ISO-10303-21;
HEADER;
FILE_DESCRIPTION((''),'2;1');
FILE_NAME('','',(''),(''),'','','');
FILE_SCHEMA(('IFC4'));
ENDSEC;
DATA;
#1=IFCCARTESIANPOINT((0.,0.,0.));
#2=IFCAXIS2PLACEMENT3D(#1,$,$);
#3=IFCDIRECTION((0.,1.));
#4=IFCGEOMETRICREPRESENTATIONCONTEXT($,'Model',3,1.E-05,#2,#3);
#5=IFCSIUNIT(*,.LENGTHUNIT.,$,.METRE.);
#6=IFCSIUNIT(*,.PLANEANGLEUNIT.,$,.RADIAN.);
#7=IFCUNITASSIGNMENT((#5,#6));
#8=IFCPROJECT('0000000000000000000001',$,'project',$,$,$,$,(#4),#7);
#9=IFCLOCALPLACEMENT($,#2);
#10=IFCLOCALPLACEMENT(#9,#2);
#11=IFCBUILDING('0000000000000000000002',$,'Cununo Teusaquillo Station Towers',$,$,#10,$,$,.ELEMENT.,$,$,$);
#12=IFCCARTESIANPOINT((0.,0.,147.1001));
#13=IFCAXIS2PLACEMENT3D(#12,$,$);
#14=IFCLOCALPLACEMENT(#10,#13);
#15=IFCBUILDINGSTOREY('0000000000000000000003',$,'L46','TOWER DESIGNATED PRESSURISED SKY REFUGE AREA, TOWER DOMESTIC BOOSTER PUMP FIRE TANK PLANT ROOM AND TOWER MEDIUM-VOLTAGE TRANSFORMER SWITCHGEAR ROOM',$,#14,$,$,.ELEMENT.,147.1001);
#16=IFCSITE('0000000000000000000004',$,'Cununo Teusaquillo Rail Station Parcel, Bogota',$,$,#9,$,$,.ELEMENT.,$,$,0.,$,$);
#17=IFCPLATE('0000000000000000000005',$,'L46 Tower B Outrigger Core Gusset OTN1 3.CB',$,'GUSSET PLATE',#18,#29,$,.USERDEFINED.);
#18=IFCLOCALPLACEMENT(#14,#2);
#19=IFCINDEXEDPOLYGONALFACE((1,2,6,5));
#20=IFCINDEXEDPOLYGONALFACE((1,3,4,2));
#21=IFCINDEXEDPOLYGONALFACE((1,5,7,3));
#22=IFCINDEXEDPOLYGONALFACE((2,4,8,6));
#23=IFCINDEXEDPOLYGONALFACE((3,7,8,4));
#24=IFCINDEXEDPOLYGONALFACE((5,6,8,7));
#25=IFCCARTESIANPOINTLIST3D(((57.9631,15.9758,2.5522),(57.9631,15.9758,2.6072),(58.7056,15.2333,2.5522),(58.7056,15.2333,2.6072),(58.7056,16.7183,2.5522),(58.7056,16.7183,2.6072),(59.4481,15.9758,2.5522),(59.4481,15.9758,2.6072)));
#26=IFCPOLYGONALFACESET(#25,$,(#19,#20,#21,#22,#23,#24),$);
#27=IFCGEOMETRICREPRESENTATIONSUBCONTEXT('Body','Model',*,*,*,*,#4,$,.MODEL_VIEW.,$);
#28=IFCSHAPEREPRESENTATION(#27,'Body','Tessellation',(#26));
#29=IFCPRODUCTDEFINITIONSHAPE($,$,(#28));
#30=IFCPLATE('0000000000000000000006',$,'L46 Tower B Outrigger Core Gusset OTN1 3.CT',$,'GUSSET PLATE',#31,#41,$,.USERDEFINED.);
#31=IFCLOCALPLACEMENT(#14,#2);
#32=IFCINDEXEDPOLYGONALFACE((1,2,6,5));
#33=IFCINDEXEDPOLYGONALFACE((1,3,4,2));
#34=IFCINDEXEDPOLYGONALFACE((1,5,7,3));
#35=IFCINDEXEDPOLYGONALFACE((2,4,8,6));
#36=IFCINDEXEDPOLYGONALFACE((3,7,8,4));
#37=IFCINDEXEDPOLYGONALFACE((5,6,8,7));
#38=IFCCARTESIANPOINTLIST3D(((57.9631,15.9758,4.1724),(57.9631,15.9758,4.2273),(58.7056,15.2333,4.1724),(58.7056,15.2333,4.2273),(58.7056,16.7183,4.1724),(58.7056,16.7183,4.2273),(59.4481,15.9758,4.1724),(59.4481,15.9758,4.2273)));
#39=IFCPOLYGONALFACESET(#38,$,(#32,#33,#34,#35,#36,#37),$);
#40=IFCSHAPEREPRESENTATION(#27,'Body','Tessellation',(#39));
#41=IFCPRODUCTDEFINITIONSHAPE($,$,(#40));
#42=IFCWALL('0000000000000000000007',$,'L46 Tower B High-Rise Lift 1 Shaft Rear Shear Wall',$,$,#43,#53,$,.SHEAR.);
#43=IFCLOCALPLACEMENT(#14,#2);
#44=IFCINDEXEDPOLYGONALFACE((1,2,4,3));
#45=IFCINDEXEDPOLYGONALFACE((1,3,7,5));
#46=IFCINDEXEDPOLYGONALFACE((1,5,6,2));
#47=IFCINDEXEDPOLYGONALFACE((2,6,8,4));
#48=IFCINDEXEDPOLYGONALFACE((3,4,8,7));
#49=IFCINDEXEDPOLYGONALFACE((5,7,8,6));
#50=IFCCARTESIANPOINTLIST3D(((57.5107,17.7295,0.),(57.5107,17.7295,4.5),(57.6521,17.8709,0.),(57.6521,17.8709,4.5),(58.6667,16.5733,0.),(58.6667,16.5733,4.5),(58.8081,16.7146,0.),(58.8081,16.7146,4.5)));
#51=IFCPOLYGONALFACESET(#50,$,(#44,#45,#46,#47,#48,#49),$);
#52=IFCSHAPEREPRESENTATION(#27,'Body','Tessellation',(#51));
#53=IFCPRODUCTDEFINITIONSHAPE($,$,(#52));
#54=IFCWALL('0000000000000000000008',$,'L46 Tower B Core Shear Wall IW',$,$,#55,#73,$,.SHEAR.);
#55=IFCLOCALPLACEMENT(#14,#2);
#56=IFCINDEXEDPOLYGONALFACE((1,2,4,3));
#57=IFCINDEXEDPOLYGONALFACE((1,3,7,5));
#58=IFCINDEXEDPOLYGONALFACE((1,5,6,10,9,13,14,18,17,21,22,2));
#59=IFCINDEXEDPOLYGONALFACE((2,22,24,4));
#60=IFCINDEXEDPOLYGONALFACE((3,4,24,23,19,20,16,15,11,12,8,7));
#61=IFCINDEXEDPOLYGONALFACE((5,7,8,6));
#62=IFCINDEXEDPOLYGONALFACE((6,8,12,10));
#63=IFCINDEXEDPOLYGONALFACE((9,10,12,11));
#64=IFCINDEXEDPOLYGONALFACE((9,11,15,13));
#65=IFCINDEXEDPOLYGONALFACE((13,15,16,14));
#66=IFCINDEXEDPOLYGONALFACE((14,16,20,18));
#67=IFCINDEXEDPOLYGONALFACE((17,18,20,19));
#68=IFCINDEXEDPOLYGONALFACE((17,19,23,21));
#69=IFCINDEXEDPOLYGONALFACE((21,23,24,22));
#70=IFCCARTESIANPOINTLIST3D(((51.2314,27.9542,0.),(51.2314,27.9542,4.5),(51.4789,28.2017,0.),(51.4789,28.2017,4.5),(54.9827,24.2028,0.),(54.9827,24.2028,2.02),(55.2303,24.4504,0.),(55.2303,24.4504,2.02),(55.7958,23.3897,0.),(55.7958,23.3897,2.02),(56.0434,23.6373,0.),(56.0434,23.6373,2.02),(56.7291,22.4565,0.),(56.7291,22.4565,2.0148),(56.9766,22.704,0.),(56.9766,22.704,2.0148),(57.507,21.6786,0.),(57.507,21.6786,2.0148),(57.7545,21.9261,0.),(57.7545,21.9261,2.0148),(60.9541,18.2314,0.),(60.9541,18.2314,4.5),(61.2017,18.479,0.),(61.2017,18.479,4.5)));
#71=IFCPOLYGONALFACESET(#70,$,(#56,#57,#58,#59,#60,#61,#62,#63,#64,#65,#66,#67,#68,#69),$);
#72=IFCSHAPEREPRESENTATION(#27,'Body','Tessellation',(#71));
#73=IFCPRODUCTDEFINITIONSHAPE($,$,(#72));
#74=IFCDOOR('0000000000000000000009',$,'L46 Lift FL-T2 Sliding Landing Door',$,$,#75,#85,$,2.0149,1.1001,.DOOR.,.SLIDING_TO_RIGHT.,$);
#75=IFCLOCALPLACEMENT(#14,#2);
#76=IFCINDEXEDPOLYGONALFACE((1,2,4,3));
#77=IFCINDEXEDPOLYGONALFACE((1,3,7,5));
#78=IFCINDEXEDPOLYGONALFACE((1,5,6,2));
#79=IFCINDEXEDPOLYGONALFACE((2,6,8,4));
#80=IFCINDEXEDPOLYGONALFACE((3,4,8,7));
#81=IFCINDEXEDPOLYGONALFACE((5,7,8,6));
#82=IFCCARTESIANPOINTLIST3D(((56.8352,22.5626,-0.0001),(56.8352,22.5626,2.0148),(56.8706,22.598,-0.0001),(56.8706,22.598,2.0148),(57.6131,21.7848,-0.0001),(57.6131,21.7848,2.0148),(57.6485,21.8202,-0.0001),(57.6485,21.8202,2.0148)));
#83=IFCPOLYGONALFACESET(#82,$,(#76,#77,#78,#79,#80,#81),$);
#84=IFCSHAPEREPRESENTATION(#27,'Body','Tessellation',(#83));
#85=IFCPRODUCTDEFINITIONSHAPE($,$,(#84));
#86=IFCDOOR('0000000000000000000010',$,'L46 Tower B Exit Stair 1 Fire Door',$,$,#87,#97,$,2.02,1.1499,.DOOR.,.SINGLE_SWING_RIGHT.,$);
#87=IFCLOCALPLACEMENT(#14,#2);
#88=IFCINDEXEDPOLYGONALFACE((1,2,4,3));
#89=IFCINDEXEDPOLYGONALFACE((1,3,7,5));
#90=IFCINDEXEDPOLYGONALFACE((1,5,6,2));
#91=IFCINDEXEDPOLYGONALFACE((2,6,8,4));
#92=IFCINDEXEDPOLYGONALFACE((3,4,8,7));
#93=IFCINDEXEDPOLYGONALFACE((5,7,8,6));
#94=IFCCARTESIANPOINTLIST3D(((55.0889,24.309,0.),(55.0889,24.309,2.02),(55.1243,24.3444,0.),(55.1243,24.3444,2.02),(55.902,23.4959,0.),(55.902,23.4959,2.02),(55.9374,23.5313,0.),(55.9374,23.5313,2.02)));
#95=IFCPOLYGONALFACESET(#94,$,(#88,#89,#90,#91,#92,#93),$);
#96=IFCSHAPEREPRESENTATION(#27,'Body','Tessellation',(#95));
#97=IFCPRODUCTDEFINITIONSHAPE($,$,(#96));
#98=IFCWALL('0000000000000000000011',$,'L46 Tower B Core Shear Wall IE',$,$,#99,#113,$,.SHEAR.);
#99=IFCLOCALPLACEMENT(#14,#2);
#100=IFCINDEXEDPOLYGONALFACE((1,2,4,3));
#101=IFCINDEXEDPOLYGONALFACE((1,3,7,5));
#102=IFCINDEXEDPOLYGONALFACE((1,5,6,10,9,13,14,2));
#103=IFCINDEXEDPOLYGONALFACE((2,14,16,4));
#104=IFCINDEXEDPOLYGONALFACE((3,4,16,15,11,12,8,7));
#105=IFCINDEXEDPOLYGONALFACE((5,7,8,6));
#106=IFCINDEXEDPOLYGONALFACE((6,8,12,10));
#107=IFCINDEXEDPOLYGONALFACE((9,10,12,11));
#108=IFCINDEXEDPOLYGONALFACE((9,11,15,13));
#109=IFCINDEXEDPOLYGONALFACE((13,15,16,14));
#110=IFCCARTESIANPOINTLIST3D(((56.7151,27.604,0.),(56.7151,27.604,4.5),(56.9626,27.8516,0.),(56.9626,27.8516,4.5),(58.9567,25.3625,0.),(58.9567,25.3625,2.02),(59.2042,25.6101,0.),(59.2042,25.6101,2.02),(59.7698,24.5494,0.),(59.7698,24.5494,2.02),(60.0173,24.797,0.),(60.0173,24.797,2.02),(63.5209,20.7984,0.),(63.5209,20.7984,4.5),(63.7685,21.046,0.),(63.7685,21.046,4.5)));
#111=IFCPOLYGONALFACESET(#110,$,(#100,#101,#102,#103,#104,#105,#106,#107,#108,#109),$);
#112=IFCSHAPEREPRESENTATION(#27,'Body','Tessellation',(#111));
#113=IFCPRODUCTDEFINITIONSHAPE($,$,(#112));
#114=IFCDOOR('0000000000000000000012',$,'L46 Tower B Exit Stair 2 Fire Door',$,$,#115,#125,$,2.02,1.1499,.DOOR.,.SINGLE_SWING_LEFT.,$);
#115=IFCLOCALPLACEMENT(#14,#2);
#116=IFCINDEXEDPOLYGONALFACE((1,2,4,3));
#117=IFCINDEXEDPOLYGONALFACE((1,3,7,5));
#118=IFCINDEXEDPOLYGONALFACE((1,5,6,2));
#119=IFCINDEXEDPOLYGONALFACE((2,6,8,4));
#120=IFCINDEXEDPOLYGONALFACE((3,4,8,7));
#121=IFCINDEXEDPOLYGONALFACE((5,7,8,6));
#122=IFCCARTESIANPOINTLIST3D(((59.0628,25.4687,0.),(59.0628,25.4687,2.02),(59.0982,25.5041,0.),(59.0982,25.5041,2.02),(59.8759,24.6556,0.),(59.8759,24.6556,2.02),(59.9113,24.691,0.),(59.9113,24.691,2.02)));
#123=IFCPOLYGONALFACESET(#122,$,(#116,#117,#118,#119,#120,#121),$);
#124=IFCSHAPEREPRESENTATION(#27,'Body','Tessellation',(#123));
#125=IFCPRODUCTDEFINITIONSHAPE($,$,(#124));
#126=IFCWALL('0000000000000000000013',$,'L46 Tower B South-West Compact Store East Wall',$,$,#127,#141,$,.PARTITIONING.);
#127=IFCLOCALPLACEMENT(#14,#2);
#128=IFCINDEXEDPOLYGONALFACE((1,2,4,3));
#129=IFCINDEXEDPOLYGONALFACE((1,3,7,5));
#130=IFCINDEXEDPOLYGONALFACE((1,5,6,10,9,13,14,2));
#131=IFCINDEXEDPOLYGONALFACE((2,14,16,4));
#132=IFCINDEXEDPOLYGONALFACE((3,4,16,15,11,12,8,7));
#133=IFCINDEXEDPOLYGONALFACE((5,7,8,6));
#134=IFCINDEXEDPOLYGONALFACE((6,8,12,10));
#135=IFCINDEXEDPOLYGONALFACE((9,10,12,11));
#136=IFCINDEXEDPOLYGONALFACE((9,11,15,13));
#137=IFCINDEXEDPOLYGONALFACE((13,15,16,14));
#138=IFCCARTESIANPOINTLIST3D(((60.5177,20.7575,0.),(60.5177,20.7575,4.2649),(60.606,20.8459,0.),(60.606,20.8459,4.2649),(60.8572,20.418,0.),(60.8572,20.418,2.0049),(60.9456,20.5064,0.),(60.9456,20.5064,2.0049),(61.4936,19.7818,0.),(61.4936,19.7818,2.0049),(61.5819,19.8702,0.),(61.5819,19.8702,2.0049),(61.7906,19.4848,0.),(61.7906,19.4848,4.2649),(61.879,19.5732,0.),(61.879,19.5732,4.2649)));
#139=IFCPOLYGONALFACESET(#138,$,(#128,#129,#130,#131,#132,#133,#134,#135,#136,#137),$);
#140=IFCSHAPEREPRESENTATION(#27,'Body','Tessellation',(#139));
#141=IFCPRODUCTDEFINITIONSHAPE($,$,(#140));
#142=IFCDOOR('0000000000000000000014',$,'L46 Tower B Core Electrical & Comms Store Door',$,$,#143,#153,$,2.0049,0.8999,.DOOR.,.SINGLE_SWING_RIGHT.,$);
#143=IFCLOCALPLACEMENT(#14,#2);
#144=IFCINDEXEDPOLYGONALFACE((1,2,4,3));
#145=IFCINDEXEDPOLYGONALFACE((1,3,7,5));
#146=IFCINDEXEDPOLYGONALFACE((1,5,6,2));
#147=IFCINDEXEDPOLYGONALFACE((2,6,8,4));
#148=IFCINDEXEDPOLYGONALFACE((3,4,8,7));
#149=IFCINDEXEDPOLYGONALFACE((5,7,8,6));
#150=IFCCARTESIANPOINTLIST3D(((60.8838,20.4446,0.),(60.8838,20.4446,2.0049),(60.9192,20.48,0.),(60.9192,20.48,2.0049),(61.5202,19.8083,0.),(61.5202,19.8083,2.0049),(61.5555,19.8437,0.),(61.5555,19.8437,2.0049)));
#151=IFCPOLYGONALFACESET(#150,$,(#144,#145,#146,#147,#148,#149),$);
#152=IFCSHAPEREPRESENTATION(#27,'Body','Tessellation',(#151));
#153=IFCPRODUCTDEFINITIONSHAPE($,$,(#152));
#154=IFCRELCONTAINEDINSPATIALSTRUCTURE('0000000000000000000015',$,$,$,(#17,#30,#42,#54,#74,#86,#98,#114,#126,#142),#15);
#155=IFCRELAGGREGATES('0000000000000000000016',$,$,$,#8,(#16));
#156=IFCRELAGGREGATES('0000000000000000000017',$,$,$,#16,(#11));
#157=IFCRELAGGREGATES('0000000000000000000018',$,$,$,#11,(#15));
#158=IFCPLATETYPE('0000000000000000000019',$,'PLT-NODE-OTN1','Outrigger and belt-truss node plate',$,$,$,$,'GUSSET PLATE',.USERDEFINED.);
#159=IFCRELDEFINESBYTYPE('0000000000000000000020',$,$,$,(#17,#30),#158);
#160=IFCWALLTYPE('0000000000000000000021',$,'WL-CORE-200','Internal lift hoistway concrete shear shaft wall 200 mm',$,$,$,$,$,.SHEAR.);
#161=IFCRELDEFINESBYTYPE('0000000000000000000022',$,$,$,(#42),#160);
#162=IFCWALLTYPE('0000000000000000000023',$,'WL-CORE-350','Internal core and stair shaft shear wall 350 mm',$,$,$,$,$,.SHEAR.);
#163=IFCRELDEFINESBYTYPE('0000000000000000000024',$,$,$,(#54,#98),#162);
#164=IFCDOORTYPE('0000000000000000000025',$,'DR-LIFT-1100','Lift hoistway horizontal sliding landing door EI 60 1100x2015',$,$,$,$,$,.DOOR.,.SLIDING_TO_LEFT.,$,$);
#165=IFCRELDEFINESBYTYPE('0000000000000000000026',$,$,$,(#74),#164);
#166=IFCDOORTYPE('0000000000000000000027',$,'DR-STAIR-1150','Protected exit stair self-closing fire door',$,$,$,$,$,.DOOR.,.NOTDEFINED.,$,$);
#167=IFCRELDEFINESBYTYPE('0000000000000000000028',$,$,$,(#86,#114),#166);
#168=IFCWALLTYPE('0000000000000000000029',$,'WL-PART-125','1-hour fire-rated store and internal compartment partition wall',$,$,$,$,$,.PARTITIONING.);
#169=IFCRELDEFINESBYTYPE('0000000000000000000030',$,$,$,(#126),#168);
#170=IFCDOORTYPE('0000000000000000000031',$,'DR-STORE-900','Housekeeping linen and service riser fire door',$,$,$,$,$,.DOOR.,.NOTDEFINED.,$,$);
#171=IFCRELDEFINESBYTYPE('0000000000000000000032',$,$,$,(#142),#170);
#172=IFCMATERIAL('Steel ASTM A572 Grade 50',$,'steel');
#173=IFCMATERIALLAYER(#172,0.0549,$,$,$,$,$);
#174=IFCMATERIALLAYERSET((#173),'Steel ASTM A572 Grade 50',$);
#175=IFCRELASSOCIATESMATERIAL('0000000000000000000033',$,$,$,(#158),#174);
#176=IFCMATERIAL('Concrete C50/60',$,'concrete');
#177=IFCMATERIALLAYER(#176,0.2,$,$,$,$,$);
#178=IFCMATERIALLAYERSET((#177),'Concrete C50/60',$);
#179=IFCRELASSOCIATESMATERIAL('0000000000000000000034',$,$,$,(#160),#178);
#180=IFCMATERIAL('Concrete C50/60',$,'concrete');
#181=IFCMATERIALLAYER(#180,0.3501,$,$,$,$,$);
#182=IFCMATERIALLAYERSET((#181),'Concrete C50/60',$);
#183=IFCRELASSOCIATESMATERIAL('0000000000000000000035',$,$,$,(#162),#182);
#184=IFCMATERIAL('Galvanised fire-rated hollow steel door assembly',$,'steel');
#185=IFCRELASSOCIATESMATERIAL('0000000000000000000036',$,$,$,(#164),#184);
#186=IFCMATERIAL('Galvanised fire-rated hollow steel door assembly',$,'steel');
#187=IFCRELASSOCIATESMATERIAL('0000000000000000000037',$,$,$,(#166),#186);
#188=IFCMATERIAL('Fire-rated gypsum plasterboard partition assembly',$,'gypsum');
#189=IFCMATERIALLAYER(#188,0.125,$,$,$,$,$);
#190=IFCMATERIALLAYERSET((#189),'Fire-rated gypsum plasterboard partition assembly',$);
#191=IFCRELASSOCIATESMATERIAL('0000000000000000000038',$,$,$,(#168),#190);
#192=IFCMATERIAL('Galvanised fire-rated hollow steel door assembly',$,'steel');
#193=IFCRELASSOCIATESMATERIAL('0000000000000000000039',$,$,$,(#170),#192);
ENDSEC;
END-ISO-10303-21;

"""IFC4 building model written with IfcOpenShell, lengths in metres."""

from ifc_helpers import new_model, si_unit, direction, frame, frame_2d, origin, origin_2d, place, context, subcontext, project, spatial, rectangle, extrude, source, transform, mapped, material, layer, layer_set, type_object, element, fill, save


model = new_model("IFC4")

# Units and contexts
model_context = context("Model", 3, precision=1e-05, world=origin(), true_north=direction((0.0, 1.0)))
body_context = subcontext(model_context, "Body", "Model", "MODEL_VIEW")
ifc_project = project(units=[si_unit("LENGTHUNIT", "METRE"), si_unit("PLANEANGLEUNIT", "RADIAN")], contexts=[model_context])

# Site, building, storey
site_placement = place(None, origin())
site = spatial("IfcSite", under=ifc_project, at=site_placement, Name="Cununo Teusaquillo Rail Station Parcel, Bogota", CompositionType="ELEMENT", RefElevation=0.0)
building_placement = place(site_placement, origin())
building = spatial("IfcBuilding", under=site, at=building_placement, Name="Cununo Teusaquillo Station Towers", CompositionType="ELEMENT")
storey_placement = place(building_placement, frame((0.0, 0.0, 147.1001)))
storey = spatial("IfcBuildingStorey", under=building, at=storey_placement, Name="L46", Description="TOWER DESIGNATED PRESSURISED SKY REFUGE AREA, TOWER DOMESTIC BOOSTER PUMP FIRE TANK PLANT ROOM AND TOWER MEDIUM-VOLTAGE TRANSFORMER SWITCHGEAR ROOM", CompositionType="ELEMENT", Elevation=147.1001)

# Plates
ifc_material_1 = material(Name="Steel ASTM A572 Grade 50", Category="steel")
ifc_layer_1 = layer(ifc_material_1, 0.0549)
ifc_layer_set_1 = layer_set([ifc_layer_1], Name="Steel ASTM A572 Grade 50")
plate_type = type_object("IfcPlateType", Name="PLT-NODE-OTN1", Description="Outrigger and belt-truss node plate", ElementType="GUSSET PLATE", PredefinedType="USERDEFINED", material=ifc_layer_set_1)
shared_shape_1 = source(origin(), body_context, "Body", "SweptSolid", [
    extrude(rectangle(XDim=1.05, YDim=1.05, at=origin_2d()), origin(), (0.0, 0.0, 1.0), 0.0549),
])
for number, where, z_axis, x_axis, name in (
    (1, (58.7056, 15.9758, 2.5522), (0.0, 0.0, 1.0), (0.707107, 0.707107, 0.0), "L46 Tower B Outrigger Core Gusset OTN1 3.CB"),
    (2, (58.7056, 15.9758, 4.1724), (0.0, 0.0, 1.0), (0.707107, 0.707107, 0.0), "L46 Tower B Outrigger Core Gusset OTN1 3.CT"),
):
    element("IfcPlate", number, at=place(storey_placement, frame(where, z_axis=z_axis, x_axis=x_axis)), inside=storey, type_object=plate_type, Name=name, ObjectType="GUSSET PLATE", PredefinedType="USERDEFINED", context=body_context, shape_type="MappedRepresentation", body=[
        mapped(shared_shape_1, transform((0.0, 0.0, 0.0), x_axis=(1.0, 0.0, 0.0), y_axis=(0.0, 1.0, 0.0), z_axis=(0.0, 0.0, 1.0), scale=1.0)),
    ])

# Wall
ifc_material_2 = material(Name="Concrete C50/60", Category="concrete")
ifc_layer_2 = layer(ifc_material_2, 0.2)
ifc_layer_set_2 = layer_set([ifc_layer_2], Name="Concrete C50/60")
wall_type_1 = type_object("IfcWallType", Name="WL-CORE-200", Description="Internal lift hoistway concrete shear shaft wall 200 mm", PredefinedType="SHEAR", material=ifc_layer_set_2)
wall_1_placement = place(storey_placement, frame((58.7373, 16.644, 0.0), z_axis=(0.0, 0.0, 1.0), x_axis=(-0.707032, 0.707181, 0.0)))
element("IfcWall", 3, at=wall_1_placement, inside=storey, type_object=wall_type_1, Name="L46 Tower B High-Rise Lift 1 Shaft Rear Shear Wall", PredefinedType="SHEAR", context=body_context, shape_type="SweptSolid", body=[
    extrude(rectangle(XDim=1.635, YDim=0.2, at=frame_2d((0.8174, 0.0))), origin(), (0.0, 0.0, 1.0), 4.5),
])

# Wall, openings, doors
ifc_material_3 = material(Name="Concrete C50/60", Category="concrete")
ifc_layer_3 = layer(ifc_material_3, 0.3501)
ifc_layer_set_3 = layer_set([ifc_layer_3], Name="Concrete C50/60")
wall_type_2 = type_object("IfcWallType", Name="WL-CORE-350", Description="Internal core and stair shaft shear wall 350 mm", PredefinedType="SHEAR", material=ifc_layer_set_3)
wall_2_placement = place(storey_placement, frame((61.0779, 18.3552, 0.0), z_axis=(0.0, 0.0, 1.0), x_axis=(-0.707107, 0.707107, 0.0)))
wall_2 = element("IfcWall", 4, at=wall_2_placement, inside=storey, type_object=wall_type_2, Name="L46 Tower B Core Shear Wall IW", PredefinedType="SHEAR", context=body_context, shape_type="SweptSolid", body=[
    extrude(rectangle(XDim=13.75, YDim=0.3501, at=frame_2d((6.875, 0.0))), origin(), (0.0, 0.0, 1.0), 4.5),
])
shared_shape_2 = source(origin(), body_context, "Body", "SweptSolid", [
    extrude(rectangle(XDim=1.1001, YDim=2.0149, at=frame_2d((0.55, 1.0073))), frame((0.0, 0.1851, 0.0), z_axis=(0.0, -1.0, 0.0), x_axis=(1.0, 0.0, 0.0)), (0.0, 0.0, 1.0), 0.3701),
])
opening_1_placement = place(wall_2_placement, frame((4.875, 0.0, 0.0)))
opening_1 = element("IfcOpeningElement", 5, at=opening_1_placement, cuts=wall_2, PredefinedType="OPENING", context=body_context, shape_type="MappedRepresentation", body=[
    mapped(shared_shape_2, transform((0.0, 0.0, 0.0), x_axis=(1.0, 0.0, 0.0), y_axis=(0.0, 1.0, 0.0), z_axis=(0.0, 0.0, 1.0), scale=1.0)),
])
shared_shape_3 = source(origin(), body_context, "Body", "SweptSolid", [
    extrude(rectangle(XDim=1.1499, YDim=2.02, at=frame_2d((0.575, 1.01))), frame((0.0, 0.1851, 0.0), z_axis=(0.0, -1.0, 0.0), x_axis=(1.0, 0.0, 0.0)), (0.0, 0.0, 1.0), 0.3701),
])
opening_2_placement = place(wall_2_placement, frame((7.2949, 0.0, 0.0)))
opening_2 = element("IfcOpeningElement", 6, at=opening_2_placement, cuts=wall_2, PredefinedType="OPENING", context=body_context, shape_type="MappedRepresentation", body=[
    mapped(shared_shape_3, transform((0.0, 0.0, 0.0), x_axis=(1.0, 0.0, 0.0), y_axis=(0.0, 1.0, 0.0), z_axis=(0.0, 0.0, 1.0), scale=1.0)),
])
ifc_material_4 = material(Name="Galvanised fire-rated hollow steel door assembly", Category="steel")
door_type_1 = type_object("IfcDoorType", Name="DR-LIFT-1100", Description="Lift hoistway horizontal sliding landing door EI 60 1100x2015", OperationType="SLIDING_TO_LEFT", PredefinedType="DOOR", material=ifc_material_4)
shared_shape_4 = source(origin(), body_context, "Body", "SweptSolid", [
    extrude(rectangle(XDim=1.1001, YDim=2.0149, at=frame_2d((0.55, 1.0073))), frame((0.0, 0.0249, 0.0), z_axis=(0.0, -1.0, 0.0), x_axis=(1.0, 0.0, 0.0)), (0.0, 0.0, 1.0), 0.05),
])
door_1_placement = place(opening_1_placement, origin())
door_1 = element("IfcDoor", 7, at=door_1_placement, inside=storey, type_object=door_type_1, Name="L46 Lift FL-T2 Sliding Landing Door", OperationType="SLIDING_TO_RIGHT", OverallHeight=2.0149, OverallWidth=1.1001, PredefinedType="DOOR", context=body_context, shape_type="MappedRepresentation", body=[
    mapped(shared_shape_4, transform((0.0, 0.0, 0.0), x_axis=(1.0, 0.0, 0.0), y_axis=(0.0, 1.0, 0.0), z_axis=(0.0, 0.0, 1.0), scale=1.0)),
])
fill(opening_1, door_1)
ifc_material_5 = material(Name="Galvanised fire-rated hollow steel door assembly", Category="steel")
door_type_2 = type_object("IfcDoorType", Name="DR-STAIR-1150", Description="Protected exit stair self-closing fire door", OperationType="NOTDEFINED", PredefinedType="DOOR", material=ifc_material_5)
shared_shape_5 = source(origin(), body_context, "Body", "SweptSolid", [
    extrude(rectangle(XDim=1.1499, YDim=2.02, at=frame_2d((0.575, 1.01))), frame((0.0, 0.0249, 0.0), z_axis=(0.0, -1.0, 0.0), x_axis=(1.0, 0.0, 0.0)), (0.0, 0.0, 1.0), 0.05),
])
door_2_placement = place(opening_2_placement, origin())
door_2 = element("IfcDoor", 8, at=door_2_placement, inside=storey, type_object=door_type_2, Name="L46 Tower B Exit Stair 1 Fire Door", OperationType="SINGLE_SWING_RIGHT", OverallHeight=2.02, OverallWidth=1.1499, PredefinedType="DOOR", context=body_context, shape_type="MappedRepresentation", body=[
    mapped(shared_shape_5, transform((0.0, 0.0, 0.0), x_axis=(1.0, 0.0, 0.0), y_axis=(0.0, 1.0, 0.0), z_axis=(0.0, 0.0, 1.0), scale=1.0)),
])
fill(opening_2, door_2)

# Walls, openings, doors
wall_3_placement = place(storey_placement, frame((63.6448, 20.9221, 0.0), z_axis=(0.0, 0.0, 1.0), x_axis=(-0.707119, 0.707094, 0.0)))
wall_3 = element("IfcWall", 9, at=wall_3_placement, inside=storey, type_object=wall_type_2, Name="L46 Tower B Core Shear Wall IE", PredefinedType="SHEAR", context=body_context, shape_type="SweptSolid", body=[
    extrude(rectangle(XDim=9.6248, YDim=0.3501, at=frame_2d((4.8125, 0.0))), origin(), (0.0, 0.0, 1.0), 4.5),
])
opening_3_placement = place(wall_3_placement, frame((5.3049, 0.0, 0.0)))
opening_3 = element("IfcOpeningElement", 10, at=opening_3_placement, cuts=wall_3, PredefinedType="OPENING", context=body_context, shape_type="MappedRepresentation", body=[
    mapped(shared_shape_3, transform((0.0, 0.0, 0.0), x_axis=(1.0, 0.0, 0.0), y_axis=(0.0, 1.0, 0.0), z_axis=(0.0, 0.0, 1.0), scale=1.0)),
])
door_3_placement = place(opening_3_placement, origin())
door_3 = element("IfcDoor", 11, at=door_3_placement, inside=storey, type_object=door_type_2, Name="L46 Tower B Exit Stair 2 Fire Door", OperationType="SINGLE_SWING_LEFT", OverallHeight=2.02, OverallWidth=1.1499, PredefinedType="DOOR", context=body_context, shape_type="MappedRepresentation", body=[
    mapped(shared_shape_5, transform((0.0, 0.0, 0.0), x_axis=(1.0, 0.0, 0.0), y_axis=(0.0, 1.0, 0.0), z_axis=(0.0, 0.0, 1.0), scale=1.0)),
])
fill(opening_3, door_3)
ifc_material_6 = material(Name="Fire-rated gypsum plasterboard partition assembly", Category="gypsum")
ifc_layer_4 = layer(ifc_material_6, 0.125)
ifc_layer_set_4 = layer_set([ifc_layer_4], Name="Fire-rated gypsum plasterboard partition assembly")
wall_type_3 = type_object("IfcWallType", Name="WL-PART-125", Description="1-hour fire-rated store and internal compartment partition wall", PredefinedType="PARTITIONING", material=ifc_layer_set_4)
wall_4_placement = place(storey_placement, frame((61.8347, 19.5291, 0.0), z_axis=(0.0, 0.0, 1.0), x_axis=(-0.707175, 0.707039, 0.0)))
wall_4 = element("IfcWall", 12, at=wall_4_placement, inside=storey, type_object=wall_type_3, Name="L46 Tower B South-West Compact Store East Wall", PredefinedType="PARTITIONING", context=body_context, shape_type="SweptSolid", body=[
    extrude(rectangle(XDim=1.8, YDim=0.125, at=frame_2d((0.8999, 0.0))), origin(), (0.0, 0.0, 1.0), 4.2649),
])
shared_shape_6 = source(origin(), body_context, "Body", "SweptSolid", [
    extrude(rectangle(XDim=0.8999, YDim=2.0049, at=frame_2d((0.45, 1.0024))), frame((0.0, 0.0725, 0.0), z_axis=(0.0, -1.0, 0.0), x_axis=(1.0, 0.0, 0.0)), (0.0, 0.0, 1.0), 0.145),
])
opening_4_placement = place(wall_4_placement, frame((0.4199, 0.0, 0.0)))
opening_4 = element("IfcOpeningElement", 13, at=opening_4_placement, cuts=wall_4, PredefinedType="OPENING", context=body_context, shape_type="MappedRepresentation", body=[
    mapped(shared_shape_6, transform((0.0, 0.0, 0.0), x_axis=(1.0, 0.0, 0.0), y_axis=(0.0, 1.0, 0.0), z_axis=(0.0, 0.0, 1.0), scale=1.0)),
])
ifc_material_7 = material(Name="Galvanised fire-rated hollow steel door assembly", Category="steel")
door_type_3 = type_object("IfcDoorType", Name="DR-STORE-900", Description="Housekeeping linen and service riser fire door", OperationType="NOTDEFINED", PredefinedType="DOOR", material=ifc_material_7)
shared_shape_7 = source(origin(), body_context, "Body", "SweptSolid", [
    extrude(rectangle(XDim=0.8999, YDim=2.0049, at=frame_2d((0.45, 1.0024))), frame((0.0, 0.0249, 0.0), z_axis=(0.0, -1.0, 0.0), x_axis=(1.0, 0.0, 0.0)), (0.0, 0.0, 1.0), 0.05),
])
door_4_placement = place(opening_4_placement, origin())
door_4 = element("IfcDoor", 14, at=door_4_placement, inside=storey, type_object=door_type_3, Name="L46 Tower B Core Electrical & Comms Store Door", OperationType="SINGLE_SWING_RIGHT", OverallHeight=2.0049, OverallWidth=0.8999, PredefinedType="DOOR", context=body_context, shape_type="MappedRepresentation", body=[
    mapped(shared_shape_7, transform((0.0, 0.0, 0.0), x_axis=(1.0, 0.0, 0.0), y_axis=(0.0, 1.0, 0.0), z_axis=(0.0, 0.0, 1.0), scale=1.0)),
])
fill(opening_4, door_4)

save(model, "model.ifc")
